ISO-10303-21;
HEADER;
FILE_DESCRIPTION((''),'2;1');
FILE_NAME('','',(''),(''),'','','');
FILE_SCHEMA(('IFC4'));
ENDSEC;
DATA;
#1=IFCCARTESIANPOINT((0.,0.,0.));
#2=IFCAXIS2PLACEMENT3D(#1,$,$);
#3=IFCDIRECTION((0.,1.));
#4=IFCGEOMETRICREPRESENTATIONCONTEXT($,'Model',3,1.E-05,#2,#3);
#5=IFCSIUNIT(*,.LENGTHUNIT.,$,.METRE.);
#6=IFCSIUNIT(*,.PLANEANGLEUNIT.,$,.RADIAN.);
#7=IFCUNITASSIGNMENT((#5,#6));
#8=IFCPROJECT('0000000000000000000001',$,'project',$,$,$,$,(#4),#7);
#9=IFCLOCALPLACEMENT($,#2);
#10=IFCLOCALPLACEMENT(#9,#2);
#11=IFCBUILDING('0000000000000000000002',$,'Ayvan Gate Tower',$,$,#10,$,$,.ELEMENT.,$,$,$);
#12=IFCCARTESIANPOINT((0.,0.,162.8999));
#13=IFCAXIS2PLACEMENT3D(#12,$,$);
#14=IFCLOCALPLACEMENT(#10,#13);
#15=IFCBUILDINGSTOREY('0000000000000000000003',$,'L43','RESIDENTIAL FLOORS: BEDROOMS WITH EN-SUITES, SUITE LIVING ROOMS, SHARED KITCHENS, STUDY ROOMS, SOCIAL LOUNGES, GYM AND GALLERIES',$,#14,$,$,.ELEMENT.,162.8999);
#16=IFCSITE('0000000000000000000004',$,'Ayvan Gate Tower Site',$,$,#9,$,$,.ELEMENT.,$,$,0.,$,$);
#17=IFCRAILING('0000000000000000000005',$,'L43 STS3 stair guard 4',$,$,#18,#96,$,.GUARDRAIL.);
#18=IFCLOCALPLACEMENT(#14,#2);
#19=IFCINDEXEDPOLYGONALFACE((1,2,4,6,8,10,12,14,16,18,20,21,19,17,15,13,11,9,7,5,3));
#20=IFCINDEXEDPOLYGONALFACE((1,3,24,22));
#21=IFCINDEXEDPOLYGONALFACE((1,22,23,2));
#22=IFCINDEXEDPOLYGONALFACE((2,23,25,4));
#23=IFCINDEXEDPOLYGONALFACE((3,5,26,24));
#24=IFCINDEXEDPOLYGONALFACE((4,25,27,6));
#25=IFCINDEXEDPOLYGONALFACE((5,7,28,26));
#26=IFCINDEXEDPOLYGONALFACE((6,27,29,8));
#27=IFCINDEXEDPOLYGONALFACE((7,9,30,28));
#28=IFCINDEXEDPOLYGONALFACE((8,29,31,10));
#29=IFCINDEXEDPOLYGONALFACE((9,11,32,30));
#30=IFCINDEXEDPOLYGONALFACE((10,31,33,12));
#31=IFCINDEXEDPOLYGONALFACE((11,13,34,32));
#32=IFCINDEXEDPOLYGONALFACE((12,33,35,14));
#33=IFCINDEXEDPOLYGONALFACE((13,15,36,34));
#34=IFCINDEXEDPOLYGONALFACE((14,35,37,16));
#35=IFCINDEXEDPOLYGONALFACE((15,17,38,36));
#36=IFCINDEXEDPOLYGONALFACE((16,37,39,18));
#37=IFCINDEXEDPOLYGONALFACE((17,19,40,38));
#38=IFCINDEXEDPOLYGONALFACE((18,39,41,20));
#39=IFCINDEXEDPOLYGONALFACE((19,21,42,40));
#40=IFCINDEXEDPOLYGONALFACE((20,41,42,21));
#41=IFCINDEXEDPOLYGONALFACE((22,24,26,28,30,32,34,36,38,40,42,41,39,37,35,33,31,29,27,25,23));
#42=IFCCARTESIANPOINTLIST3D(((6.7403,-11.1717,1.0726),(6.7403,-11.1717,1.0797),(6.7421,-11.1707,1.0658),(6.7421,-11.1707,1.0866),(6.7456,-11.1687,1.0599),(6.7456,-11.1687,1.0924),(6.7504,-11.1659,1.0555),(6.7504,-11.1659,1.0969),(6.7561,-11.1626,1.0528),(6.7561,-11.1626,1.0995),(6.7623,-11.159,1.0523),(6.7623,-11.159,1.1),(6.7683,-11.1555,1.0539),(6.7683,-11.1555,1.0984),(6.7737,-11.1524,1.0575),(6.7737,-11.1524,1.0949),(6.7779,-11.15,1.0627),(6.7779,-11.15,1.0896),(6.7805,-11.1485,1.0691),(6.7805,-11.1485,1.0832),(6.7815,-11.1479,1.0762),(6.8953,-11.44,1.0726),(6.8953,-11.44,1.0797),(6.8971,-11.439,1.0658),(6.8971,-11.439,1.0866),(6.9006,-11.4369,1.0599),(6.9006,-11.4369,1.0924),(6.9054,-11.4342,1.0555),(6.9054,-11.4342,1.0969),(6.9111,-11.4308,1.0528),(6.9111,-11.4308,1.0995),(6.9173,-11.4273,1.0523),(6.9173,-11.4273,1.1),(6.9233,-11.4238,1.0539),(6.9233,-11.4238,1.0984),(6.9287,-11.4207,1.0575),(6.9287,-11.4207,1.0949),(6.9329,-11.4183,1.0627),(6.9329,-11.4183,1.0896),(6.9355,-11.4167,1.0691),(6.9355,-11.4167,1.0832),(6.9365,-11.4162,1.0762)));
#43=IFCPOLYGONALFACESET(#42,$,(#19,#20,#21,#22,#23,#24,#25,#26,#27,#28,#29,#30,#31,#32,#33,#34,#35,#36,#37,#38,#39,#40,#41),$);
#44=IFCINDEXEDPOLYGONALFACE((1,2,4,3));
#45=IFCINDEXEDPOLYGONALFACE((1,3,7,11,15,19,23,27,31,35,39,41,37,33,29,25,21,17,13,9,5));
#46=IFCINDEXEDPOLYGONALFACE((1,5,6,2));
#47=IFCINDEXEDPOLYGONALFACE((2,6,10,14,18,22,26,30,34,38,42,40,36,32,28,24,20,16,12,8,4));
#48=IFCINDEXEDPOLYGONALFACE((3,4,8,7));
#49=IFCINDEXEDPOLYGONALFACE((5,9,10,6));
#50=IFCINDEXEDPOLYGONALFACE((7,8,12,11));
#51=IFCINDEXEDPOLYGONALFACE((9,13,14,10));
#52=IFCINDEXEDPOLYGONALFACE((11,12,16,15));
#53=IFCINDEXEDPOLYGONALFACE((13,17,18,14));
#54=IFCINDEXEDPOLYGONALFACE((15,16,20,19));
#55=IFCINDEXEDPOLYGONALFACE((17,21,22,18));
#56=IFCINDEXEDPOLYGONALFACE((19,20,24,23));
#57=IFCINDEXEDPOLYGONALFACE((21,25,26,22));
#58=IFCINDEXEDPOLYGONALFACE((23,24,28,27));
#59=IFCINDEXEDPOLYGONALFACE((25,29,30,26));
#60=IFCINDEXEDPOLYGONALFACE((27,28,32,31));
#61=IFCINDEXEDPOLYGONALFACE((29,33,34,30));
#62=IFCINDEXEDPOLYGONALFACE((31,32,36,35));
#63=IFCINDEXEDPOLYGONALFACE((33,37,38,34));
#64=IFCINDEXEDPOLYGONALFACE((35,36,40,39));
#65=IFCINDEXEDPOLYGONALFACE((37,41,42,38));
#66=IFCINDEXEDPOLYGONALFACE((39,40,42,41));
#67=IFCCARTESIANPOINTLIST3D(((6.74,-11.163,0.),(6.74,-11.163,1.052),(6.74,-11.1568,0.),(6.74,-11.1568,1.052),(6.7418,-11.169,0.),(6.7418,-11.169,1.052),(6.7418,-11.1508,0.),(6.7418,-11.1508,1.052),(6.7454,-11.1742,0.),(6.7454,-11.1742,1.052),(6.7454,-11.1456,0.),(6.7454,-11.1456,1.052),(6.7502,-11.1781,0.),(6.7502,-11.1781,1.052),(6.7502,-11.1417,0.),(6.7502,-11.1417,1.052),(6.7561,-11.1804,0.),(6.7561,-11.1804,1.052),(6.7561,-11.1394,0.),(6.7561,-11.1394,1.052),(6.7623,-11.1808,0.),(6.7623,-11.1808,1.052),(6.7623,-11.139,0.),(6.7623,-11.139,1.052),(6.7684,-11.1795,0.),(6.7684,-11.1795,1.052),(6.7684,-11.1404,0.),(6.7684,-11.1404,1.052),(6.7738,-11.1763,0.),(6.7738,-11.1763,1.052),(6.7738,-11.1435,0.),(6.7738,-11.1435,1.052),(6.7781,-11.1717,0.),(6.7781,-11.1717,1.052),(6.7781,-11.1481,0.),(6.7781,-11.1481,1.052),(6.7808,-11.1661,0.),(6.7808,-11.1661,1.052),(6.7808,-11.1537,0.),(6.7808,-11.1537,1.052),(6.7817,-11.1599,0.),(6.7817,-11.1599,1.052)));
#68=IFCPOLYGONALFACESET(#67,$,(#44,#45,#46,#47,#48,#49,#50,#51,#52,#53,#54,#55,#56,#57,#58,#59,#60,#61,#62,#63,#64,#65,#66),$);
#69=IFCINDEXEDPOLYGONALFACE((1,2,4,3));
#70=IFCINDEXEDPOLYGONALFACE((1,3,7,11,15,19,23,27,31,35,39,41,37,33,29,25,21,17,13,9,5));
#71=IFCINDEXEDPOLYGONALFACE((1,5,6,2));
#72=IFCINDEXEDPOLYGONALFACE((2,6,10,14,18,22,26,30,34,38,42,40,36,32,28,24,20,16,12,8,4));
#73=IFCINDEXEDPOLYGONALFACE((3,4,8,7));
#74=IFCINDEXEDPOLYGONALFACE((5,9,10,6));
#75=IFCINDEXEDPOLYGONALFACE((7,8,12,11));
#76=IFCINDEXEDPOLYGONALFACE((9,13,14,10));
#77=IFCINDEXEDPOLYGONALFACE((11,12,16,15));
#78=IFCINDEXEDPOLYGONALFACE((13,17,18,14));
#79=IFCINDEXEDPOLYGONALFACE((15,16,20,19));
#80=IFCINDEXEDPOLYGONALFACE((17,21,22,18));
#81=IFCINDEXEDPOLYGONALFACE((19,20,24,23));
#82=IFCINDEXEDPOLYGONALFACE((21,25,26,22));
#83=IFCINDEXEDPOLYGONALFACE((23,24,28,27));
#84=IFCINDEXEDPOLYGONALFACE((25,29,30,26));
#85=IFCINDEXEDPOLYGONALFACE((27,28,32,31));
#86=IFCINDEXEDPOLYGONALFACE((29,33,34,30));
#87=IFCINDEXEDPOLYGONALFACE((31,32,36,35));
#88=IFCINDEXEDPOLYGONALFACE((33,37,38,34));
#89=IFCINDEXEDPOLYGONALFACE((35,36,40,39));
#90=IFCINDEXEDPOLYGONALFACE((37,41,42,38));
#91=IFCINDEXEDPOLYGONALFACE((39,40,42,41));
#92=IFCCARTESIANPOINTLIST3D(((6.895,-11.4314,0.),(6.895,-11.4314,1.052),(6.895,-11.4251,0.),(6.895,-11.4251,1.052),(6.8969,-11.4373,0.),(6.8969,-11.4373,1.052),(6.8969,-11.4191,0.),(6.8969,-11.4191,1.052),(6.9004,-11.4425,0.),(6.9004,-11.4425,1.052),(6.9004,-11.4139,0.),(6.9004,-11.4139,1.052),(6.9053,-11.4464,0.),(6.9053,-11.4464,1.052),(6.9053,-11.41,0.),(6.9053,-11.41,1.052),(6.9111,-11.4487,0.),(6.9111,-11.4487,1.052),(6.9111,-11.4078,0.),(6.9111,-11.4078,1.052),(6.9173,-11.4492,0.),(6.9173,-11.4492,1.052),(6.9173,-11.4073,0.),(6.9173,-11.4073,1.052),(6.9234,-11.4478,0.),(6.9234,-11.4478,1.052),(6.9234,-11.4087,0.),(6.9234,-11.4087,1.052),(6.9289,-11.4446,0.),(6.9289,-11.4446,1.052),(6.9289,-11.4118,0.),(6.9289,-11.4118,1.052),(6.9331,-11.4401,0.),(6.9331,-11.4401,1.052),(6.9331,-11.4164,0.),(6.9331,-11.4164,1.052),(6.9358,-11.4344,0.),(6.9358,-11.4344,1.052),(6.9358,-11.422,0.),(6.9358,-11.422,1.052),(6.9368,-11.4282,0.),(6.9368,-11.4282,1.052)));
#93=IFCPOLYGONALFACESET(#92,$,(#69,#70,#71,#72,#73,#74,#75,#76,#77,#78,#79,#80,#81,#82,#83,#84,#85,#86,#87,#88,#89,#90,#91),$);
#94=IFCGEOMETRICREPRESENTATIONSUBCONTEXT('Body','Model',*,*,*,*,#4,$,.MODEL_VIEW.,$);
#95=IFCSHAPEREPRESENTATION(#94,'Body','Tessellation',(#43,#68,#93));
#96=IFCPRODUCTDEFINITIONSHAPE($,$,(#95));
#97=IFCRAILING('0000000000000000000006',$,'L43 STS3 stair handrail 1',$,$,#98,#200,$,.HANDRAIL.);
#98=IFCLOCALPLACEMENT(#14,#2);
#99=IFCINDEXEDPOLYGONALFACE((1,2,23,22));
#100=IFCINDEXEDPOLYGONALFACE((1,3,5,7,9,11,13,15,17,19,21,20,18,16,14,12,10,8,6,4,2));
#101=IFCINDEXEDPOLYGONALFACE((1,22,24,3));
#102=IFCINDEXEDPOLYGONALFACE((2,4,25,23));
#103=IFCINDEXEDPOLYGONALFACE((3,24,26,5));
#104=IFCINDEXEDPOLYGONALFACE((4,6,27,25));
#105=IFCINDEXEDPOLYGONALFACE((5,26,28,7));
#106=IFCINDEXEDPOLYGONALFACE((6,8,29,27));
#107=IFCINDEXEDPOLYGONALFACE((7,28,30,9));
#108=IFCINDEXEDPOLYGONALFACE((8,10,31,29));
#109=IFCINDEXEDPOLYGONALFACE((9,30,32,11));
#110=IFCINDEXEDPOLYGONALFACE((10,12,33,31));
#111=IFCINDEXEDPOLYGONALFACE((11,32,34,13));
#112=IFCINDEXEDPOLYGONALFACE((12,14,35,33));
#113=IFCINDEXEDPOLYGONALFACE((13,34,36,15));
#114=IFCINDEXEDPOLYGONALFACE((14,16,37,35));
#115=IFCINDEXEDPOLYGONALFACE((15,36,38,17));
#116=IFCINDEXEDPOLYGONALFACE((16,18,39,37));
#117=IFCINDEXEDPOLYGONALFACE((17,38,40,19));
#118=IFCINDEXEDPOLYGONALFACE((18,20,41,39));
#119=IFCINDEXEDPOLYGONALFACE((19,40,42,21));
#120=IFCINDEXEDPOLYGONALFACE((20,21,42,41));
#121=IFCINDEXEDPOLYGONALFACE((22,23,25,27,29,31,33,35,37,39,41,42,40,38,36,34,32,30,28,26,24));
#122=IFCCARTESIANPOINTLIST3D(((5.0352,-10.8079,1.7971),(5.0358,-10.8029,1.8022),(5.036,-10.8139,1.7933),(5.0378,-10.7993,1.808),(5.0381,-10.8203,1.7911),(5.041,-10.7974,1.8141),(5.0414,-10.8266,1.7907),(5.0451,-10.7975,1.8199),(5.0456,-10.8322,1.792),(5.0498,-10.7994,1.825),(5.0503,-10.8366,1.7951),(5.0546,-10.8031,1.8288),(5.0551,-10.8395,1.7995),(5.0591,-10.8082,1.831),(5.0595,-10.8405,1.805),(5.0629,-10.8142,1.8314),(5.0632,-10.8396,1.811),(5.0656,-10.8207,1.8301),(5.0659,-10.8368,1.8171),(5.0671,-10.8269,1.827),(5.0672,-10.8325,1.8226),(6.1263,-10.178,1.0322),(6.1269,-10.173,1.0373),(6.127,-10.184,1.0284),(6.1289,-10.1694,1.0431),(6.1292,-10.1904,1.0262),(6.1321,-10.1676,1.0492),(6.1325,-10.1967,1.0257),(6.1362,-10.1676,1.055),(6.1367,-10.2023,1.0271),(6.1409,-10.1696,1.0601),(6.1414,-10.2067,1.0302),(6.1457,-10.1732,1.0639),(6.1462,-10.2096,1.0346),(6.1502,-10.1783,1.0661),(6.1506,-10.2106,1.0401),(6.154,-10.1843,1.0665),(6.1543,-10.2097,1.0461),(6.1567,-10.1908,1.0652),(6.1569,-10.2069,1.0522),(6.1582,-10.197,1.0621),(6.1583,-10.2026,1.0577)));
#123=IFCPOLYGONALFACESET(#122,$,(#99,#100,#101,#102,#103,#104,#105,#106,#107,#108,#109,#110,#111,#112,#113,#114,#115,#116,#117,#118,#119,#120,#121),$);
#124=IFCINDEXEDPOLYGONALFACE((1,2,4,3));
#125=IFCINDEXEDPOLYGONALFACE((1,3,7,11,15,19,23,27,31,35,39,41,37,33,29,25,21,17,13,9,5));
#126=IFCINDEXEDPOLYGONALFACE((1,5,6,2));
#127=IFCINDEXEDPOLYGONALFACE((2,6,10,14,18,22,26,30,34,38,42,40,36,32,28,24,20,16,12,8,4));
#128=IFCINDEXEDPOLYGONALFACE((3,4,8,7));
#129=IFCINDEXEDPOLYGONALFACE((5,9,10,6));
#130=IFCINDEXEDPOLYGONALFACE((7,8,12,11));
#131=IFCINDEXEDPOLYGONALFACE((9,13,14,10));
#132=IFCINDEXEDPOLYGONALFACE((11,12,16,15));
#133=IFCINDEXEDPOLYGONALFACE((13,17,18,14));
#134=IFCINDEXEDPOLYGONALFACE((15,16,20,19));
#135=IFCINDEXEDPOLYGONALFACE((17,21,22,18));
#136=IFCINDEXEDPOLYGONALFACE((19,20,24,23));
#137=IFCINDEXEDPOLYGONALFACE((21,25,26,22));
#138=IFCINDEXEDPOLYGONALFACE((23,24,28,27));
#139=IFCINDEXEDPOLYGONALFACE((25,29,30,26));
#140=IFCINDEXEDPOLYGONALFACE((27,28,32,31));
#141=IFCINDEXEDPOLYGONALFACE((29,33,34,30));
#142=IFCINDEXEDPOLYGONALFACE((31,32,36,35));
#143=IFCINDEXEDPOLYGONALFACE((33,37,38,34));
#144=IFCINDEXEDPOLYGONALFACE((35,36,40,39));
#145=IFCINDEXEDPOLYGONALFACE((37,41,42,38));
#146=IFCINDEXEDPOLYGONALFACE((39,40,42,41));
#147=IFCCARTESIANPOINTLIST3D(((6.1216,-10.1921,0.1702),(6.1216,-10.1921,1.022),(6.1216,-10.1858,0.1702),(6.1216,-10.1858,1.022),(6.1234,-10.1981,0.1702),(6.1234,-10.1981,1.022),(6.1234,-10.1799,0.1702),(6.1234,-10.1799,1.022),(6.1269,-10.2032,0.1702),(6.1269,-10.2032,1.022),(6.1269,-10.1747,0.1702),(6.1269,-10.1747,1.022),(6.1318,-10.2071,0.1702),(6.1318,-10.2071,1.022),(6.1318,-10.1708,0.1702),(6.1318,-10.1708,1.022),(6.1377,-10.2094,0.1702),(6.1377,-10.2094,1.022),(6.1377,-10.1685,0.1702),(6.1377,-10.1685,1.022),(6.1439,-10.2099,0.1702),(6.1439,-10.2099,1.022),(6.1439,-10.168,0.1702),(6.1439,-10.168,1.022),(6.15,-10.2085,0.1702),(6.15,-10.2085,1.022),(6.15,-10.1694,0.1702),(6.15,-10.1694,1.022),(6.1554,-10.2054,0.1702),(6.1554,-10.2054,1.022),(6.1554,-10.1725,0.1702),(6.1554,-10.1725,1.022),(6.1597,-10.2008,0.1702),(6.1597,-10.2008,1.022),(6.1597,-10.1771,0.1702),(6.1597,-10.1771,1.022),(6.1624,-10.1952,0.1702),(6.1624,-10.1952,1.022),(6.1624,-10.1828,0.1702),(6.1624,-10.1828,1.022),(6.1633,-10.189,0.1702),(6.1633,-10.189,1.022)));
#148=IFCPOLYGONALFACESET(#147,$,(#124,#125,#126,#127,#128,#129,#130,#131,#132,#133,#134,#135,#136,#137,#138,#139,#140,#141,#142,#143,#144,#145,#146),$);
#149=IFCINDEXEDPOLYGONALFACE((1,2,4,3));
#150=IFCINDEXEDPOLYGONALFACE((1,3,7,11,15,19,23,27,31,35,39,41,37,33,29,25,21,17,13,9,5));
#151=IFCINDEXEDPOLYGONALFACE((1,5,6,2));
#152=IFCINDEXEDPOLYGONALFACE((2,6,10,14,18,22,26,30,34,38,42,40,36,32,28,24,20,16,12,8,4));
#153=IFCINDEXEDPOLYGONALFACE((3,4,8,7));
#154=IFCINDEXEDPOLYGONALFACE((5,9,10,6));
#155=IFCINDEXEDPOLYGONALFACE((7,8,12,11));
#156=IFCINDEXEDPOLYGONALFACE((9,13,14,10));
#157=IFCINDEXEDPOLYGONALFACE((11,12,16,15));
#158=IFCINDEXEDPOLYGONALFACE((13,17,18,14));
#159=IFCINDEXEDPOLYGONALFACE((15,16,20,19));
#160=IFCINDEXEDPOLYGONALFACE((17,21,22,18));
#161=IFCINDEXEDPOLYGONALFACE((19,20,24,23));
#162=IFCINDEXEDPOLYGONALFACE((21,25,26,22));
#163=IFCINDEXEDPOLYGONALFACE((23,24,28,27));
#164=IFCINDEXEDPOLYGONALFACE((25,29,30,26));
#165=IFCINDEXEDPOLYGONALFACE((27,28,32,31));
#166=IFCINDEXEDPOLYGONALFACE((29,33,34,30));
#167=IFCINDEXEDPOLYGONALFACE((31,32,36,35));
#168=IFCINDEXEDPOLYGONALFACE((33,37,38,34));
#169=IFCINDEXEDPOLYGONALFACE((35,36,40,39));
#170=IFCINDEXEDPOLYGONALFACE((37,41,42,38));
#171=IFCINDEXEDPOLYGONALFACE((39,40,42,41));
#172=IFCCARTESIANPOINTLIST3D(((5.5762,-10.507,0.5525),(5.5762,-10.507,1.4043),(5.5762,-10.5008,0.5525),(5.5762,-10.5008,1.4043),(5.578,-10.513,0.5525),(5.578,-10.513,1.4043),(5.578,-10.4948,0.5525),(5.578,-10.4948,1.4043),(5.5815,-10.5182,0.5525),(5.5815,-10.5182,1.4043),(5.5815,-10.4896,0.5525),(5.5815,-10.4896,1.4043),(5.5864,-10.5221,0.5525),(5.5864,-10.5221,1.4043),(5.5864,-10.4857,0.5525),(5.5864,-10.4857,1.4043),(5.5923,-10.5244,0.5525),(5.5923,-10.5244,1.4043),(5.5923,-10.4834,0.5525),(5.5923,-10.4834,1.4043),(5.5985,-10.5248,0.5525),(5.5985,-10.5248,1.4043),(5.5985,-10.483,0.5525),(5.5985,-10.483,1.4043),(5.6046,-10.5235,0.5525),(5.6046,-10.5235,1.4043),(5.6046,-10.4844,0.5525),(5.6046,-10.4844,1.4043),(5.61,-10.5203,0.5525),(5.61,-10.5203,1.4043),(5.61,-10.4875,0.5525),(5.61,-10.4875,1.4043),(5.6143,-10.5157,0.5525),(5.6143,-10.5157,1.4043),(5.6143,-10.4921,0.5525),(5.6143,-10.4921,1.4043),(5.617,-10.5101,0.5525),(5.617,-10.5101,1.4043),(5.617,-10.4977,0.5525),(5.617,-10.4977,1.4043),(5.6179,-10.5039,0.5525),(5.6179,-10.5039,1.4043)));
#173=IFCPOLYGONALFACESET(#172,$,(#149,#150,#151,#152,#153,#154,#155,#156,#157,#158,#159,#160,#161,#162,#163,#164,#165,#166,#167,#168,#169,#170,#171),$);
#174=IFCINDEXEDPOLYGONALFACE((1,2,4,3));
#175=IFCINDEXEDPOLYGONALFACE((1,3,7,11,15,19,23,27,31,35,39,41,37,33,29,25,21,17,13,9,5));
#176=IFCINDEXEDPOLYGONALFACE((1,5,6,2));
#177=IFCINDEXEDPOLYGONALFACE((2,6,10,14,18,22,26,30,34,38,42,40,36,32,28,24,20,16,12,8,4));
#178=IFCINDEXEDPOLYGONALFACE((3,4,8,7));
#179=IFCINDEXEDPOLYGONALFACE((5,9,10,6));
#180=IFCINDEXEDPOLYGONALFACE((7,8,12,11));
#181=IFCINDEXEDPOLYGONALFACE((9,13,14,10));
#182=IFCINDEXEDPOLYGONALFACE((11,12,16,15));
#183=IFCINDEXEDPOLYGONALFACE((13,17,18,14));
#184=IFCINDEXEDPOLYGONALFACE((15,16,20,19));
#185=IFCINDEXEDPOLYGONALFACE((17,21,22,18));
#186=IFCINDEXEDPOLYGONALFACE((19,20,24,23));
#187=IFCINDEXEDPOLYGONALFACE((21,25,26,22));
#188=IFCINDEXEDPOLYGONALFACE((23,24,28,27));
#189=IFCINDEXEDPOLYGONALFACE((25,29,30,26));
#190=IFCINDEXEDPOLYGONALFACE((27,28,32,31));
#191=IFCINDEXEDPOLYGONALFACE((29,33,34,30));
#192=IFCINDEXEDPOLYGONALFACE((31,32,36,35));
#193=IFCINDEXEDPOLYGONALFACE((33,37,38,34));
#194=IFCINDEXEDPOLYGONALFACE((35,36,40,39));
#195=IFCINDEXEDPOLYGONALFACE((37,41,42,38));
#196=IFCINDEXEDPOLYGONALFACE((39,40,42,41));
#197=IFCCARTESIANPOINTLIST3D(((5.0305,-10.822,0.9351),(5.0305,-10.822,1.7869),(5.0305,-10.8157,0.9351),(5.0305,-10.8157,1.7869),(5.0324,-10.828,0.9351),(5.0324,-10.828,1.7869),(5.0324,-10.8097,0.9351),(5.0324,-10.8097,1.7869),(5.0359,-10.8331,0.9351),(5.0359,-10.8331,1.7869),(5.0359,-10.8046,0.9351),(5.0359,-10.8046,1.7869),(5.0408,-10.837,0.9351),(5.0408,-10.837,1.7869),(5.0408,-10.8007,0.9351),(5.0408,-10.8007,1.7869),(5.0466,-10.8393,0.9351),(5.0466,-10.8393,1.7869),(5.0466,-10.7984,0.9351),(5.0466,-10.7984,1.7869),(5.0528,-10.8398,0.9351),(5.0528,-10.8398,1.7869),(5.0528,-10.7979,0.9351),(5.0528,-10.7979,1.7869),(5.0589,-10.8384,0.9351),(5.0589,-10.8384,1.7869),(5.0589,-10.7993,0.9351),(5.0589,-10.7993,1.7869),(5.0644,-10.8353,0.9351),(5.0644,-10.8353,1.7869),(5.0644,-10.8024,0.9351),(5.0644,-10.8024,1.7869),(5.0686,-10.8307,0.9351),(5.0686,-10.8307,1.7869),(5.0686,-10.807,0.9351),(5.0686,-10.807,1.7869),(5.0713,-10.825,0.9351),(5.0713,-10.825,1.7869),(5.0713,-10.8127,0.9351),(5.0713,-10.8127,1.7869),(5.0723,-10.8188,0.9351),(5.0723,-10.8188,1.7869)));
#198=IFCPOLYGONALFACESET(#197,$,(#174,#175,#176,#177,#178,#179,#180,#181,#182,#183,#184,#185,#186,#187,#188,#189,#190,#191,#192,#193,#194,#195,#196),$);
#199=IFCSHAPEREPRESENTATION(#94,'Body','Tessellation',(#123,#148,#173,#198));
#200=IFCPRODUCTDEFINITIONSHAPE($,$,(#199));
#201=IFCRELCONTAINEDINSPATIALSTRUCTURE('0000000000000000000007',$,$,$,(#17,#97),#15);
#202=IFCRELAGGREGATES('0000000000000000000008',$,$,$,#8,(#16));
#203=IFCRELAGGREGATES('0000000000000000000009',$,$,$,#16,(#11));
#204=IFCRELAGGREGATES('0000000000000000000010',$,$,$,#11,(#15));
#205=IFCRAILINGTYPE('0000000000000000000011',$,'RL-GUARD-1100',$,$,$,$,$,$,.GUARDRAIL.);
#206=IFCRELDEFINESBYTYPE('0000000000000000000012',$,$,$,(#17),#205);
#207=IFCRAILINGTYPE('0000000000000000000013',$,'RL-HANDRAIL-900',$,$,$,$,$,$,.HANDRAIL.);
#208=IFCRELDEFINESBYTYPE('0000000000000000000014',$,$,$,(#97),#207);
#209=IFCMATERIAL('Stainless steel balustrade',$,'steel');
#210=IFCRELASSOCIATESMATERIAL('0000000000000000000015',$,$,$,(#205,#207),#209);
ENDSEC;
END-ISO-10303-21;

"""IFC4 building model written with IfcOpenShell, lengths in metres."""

from ifc_helpers import new_model, si_unit, direction, frame, origin, origin_2d, place, context, subcontext, project, spatial, circle, extrude, material, type_object, element, save


model = new_model("IFC4")

# Units and contexts
model_context = context("Model", 3, precision=1e-05, world=origin(), true_north=direction((0.0, 1.0)))
body_context = subcontext(model_context, "Body", "Model", "MODEL_VIEW")
ifc_project = project(units=[si_unit("LENGTHUNIT", "METRE"), si_unit("PLANEANGLEUNIT", "RADIAN")], contexts=[model_context])

# Site, building, storey
site_placement = place(None, origin())
site = spatial("IfcSite", under=ifc_project, at=site_placement, Name="Ayvan Gate Tower Site", CompositionType="ELEMENT", RefElevation=0.0)
building_placement = place(site_placement, origin())
building = spatial("IfcBuilding", under=site, at=building_placement, Name="Ayvan Gate Tower", CompositionType="ELEMENT")
storey_placement = place(building_placement, frame((0.0, 0.0, 162.8999)))
storey = spatial("IfcBuildingStorey", under=building, at=storey_placement, Name="L43", Description="RESIDENTIAL FLOORS: BEDROOMS WITH EN-SUITES, SUITE LIVING ROOMS, SHARED KITCHENS, STUDY ROOMS, SOCIAL LOUNGES, GYM AND GALLERIES", CompositionType="ELEMENT", Elevation=162.8999)

# Railings
ifc_material_1 = material(Name="Stainless steel balustrade", Category="steel")
railing_type_1 = type_object("IfcRailingType", Name="RL-GUARD-1100", PredefinedType="GUARDRAIL", material=ifc_material_1)
railing_1_placement = place(storey_placement, frame((6.7607, -11.1599, 0.0)))
element("IfcRailing", 1, at=railing_1_placement, inside=storey, type_object=railing_type_1, Name="L43 STS3 stair guard 4", PredefinedType="GUARDRAIL", context=body_context, shape_type="SweptSolid", body=[
    extrude(circle(Radius=0.0239, at=origin_2d()), frame((0.0, 0.0, 1.0762), z_axis=(0.500291, -0.865857, 0.0), x_axis=(0.865857, 0.500291, 0.0)), (0.0, 0.0, 1.0), 0.3098),
    extrude(circle(Radius=0.021, at=origin_2d()), origin(), (0.0, 0.0, 1.0), 1.052),
    extrude(circle(Radius=0.021, at=origin_2d()), frame((0.155, -0.2683, 0.0)), (0.0, 0.0, 1.0), 1.052),
])
railing_type_2 = type_object("IfcRailingType", Name="RL-HANDRAIL-900", PredefinedType="HANDRAIL", material=ifc_material_1)
railing_2_placement = place(storey_placement, frame((6.1423, -10.189, 0.1702)))
element("IfcRailing", 2, at=railing_2_placement, inside=storey, type_object=railing_type_2, Name="L43 STS3 stair handrail 1", PredefinedType="HANDRAIL", context=body_context, shape_type="SweptSolid", body=[
    extrude(circle(Radius=0.0239, at=origin_2d()), frame((0.0, 0.0, 0.876), z_axis=(-0.740282, -0.427372, 0.518976), x_axis=(0.499974, -0.86604, 0.0)), (0.0, 0.0, 1.0), 1.4739),
    extrude(circle(Radius=0.021, at=origin_2d()), origin(), (0.0, 0.0, 1.0), 0.8518),
    extrude(circle(Radius=0.021, at=origin_2d()), frame((-0.5454, -0.3149, 0.3823)), (0.0, 0.0, 1.0), 0.8518),
    extrude(circle(Radius=0.021, at=origin_2d()), frame((-1.0911, -0.6299, 0.7649)), (0.0, 0.0, 1.0), 0.8518),
])

save(model, "model.ifc")
